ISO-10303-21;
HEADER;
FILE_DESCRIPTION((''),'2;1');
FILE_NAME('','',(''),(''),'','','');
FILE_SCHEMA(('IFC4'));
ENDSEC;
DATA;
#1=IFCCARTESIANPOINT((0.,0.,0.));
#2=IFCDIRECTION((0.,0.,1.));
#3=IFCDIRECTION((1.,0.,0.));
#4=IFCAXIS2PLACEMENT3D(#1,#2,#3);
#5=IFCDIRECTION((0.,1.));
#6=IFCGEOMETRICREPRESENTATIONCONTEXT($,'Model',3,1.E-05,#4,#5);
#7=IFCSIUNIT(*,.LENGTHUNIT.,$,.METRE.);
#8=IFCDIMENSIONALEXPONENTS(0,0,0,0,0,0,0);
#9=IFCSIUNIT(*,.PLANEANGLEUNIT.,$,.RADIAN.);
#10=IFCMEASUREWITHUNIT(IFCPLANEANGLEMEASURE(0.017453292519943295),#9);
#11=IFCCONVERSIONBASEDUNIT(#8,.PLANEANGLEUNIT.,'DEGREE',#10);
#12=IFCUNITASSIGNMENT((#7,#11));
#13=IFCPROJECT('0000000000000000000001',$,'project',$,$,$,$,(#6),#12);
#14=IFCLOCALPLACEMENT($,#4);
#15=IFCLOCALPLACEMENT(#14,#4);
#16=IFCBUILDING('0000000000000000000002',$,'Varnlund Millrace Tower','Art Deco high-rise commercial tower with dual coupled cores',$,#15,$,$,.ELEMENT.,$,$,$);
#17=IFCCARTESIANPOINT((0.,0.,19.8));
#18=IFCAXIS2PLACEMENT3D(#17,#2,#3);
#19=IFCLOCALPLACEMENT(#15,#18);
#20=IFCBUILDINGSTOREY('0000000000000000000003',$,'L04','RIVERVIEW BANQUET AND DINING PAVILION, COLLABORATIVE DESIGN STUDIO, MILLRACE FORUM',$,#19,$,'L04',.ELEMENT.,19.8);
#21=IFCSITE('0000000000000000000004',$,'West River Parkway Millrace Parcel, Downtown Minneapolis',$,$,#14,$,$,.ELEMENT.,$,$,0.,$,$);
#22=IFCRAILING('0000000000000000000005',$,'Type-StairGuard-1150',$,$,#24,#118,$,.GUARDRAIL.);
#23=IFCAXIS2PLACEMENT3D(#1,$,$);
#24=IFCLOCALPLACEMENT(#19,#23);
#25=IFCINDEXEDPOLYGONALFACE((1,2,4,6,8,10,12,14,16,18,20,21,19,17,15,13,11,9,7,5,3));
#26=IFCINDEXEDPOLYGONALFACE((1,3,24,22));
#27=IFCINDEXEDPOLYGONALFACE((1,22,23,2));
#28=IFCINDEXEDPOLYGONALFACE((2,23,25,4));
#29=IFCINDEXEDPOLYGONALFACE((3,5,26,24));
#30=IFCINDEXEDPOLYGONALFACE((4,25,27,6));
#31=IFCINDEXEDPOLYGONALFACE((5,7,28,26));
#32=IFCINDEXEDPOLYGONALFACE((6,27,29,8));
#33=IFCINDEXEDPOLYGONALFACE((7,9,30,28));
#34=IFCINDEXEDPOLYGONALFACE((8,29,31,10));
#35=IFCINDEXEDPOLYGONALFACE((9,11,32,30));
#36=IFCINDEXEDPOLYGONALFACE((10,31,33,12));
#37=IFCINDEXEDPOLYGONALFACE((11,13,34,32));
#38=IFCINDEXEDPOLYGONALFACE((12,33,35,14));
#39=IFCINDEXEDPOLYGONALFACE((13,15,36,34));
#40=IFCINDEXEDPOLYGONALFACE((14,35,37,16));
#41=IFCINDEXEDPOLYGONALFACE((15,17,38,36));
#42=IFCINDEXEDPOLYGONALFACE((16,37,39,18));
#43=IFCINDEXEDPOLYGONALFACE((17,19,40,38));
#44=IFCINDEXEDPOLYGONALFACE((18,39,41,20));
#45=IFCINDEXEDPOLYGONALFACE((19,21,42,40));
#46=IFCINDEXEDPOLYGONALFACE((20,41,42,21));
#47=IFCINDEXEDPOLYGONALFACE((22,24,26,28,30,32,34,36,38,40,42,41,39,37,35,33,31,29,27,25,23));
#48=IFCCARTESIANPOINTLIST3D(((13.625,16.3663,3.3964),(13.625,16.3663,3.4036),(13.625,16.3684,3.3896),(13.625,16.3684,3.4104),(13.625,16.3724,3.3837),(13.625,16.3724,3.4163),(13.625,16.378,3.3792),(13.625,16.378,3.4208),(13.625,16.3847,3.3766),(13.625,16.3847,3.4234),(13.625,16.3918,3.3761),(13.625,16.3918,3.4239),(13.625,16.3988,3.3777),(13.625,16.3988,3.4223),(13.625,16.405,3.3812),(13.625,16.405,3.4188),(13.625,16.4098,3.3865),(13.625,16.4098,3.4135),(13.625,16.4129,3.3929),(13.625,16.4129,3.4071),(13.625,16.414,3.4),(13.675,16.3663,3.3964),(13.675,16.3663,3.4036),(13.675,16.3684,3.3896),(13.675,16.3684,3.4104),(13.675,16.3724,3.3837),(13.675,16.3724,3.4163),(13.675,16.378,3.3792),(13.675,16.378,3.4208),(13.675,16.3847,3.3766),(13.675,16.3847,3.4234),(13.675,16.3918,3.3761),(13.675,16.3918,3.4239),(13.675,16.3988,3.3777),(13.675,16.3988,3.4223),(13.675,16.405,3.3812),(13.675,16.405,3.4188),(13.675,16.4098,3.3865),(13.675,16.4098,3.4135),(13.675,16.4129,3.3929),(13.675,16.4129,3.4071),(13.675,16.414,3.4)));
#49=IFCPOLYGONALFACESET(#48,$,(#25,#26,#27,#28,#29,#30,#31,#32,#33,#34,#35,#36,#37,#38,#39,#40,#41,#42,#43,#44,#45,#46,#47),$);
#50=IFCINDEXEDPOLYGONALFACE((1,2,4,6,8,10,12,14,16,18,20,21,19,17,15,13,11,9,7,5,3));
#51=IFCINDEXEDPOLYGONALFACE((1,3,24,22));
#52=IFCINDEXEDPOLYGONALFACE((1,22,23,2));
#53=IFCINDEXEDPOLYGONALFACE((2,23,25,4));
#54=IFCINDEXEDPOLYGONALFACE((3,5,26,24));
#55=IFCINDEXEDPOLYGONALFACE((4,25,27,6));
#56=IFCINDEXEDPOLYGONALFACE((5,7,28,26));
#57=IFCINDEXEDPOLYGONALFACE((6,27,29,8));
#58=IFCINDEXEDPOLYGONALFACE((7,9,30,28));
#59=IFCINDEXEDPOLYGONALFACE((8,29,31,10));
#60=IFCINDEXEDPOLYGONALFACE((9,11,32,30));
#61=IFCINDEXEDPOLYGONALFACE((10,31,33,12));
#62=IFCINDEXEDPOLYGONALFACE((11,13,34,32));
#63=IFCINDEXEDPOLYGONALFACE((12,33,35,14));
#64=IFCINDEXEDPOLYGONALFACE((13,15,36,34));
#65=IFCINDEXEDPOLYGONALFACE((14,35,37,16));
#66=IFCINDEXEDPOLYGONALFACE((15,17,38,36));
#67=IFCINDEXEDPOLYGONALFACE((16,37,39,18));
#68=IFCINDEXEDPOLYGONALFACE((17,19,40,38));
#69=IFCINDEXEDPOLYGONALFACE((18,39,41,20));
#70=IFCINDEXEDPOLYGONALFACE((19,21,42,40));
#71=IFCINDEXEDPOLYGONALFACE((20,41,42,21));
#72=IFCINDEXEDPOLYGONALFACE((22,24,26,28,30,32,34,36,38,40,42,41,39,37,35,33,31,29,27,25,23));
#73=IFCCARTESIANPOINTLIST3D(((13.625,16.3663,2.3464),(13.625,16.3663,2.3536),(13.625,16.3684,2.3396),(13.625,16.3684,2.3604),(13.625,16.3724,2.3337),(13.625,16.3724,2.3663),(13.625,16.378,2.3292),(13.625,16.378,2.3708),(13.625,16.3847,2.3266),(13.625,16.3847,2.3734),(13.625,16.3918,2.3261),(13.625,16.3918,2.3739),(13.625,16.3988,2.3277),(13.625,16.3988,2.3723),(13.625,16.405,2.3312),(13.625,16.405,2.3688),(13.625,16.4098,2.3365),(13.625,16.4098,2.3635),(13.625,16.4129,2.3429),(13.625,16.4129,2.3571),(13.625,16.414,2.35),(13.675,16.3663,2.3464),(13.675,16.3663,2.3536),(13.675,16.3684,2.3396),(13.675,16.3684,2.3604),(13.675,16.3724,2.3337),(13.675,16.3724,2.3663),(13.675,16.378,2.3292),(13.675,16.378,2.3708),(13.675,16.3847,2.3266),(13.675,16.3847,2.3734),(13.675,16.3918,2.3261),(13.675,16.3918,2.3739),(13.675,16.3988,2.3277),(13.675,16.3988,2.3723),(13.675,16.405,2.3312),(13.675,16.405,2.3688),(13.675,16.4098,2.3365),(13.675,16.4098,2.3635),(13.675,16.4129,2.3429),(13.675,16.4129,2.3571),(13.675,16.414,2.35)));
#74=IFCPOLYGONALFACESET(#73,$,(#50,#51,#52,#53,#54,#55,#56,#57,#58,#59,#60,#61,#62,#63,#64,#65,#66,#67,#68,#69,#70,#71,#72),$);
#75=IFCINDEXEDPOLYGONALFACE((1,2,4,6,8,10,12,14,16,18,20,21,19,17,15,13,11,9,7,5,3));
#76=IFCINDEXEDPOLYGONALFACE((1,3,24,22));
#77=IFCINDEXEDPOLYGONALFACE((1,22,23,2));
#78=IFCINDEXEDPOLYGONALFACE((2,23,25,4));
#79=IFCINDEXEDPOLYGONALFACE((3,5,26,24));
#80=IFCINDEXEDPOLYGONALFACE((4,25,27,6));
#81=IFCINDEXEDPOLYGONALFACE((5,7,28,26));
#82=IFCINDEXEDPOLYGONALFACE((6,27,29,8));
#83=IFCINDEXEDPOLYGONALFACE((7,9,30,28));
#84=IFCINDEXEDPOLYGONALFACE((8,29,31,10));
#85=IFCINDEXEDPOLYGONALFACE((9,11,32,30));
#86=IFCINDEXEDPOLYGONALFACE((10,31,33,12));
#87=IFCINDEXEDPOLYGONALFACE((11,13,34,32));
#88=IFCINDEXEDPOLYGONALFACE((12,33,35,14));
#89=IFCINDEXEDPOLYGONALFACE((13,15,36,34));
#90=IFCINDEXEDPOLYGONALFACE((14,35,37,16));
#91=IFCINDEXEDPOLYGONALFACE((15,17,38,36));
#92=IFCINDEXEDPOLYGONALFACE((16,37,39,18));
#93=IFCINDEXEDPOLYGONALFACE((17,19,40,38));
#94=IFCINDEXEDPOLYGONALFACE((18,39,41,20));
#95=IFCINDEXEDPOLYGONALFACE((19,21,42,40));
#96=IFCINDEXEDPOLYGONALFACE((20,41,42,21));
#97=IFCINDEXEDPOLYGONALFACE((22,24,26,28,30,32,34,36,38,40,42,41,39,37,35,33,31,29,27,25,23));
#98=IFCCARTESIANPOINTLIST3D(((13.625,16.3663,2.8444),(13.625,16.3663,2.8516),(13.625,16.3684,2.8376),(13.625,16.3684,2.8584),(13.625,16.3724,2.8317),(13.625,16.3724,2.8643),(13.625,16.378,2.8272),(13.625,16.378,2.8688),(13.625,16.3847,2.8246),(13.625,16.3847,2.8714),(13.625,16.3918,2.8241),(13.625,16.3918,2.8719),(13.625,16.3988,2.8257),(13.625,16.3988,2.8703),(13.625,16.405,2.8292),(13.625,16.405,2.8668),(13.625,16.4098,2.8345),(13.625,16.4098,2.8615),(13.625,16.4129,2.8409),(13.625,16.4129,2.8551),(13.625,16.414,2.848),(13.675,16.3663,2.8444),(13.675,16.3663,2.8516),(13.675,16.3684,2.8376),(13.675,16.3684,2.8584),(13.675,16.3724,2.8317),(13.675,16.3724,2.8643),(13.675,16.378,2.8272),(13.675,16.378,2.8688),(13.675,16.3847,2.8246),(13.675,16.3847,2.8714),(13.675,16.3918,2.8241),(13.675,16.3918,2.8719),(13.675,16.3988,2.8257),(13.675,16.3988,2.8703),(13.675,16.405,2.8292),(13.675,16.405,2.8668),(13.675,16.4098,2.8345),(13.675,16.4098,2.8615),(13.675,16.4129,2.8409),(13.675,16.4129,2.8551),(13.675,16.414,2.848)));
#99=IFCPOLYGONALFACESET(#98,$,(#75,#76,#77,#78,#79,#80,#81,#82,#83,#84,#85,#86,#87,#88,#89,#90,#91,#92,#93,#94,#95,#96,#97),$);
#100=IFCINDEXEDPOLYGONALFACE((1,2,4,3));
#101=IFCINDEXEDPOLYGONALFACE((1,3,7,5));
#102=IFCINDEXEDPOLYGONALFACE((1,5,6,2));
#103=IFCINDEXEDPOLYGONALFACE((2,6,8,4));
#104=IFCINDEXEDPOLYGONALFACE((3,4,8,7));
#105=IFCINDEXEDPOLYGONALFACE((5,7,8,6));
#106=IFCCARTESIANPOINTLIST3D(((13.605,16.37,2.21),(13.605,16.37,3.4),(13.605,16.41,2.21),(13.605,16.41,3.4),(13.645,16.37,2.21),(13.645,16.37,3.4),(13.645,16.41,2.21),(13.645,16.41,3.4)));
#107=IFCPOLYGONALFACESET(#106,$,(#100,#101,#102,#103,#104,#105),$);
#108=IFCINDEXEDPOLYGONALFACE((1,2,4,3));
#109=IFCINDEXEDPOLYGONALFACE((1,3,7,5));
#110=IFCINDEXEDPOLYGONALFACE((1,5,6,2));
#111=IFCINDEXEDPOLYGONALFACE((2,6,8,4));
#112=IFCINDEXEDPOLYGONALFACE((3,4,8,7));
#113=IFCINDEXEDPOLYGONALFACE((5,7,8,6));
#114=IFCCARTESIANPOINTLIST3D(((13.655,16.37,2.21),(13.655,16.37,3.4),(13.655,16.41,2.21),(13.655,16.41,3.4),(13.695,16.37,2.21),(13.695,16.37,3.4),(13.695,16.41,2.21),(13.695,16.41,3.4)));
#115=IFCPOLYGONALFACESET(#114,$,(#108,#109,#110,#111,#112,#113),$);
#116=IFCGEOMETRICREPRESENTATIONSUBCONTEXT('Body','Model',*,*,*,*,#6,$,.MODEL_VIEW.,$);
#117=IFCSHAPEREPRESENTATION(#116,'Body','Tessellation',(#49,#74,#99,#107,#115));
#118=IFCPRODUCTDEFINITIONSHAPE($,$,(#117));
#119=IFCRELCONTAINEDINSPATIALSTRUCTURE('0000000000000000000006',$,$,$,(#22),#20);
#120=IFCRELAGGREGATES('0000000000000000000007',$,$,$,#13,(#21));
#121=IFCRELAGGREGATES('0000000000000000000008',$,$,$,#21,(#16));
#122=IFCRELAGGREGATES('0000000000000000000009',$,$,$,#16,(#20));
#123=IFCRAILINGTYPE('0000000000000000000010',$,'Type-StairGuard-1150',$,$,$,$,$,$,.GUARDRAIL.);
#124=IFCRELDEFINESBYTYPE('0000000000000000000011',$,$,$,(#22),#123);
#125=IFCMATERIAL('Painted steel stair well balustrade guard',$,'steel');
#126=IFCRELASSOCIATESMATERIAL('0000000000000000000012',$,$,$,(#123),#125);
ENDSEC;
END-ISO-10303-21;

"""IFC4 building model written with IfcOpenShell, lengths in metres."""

from ifc_helpers import new_model, entity, si_unit, converted_unit, direction, frame, origin_with_axes, origin_2d_with_axis, place, context, subcontext, project, spatial, rectangle, circle, extrude, material, type_object, element, save


model = new_model("IFC4")

# Units and contexts
model_context = context("Model", 3, precision=1e-05, world=origin_with_axes(), true_north=direction((0.0, 1.0)))
body_context = subcontext(model_context, "Body", "Model", "MODEL_VIEW")
ifc_project = project(units=[si_unit("LENGTHUNIT", "METRE"), converted_unit("PLANEANGLEUNIT", "DEGREE", entity("IfcPlaneAngleMeasure", 0.017453292519943295), si_unit("PLANEANGLEUNIT", "RADIAN"), dimensions=[0, 0, 0, 0, 0, 0, 0])], contexts=[model_context])

# Site, building, storey
site_placement = place(None, origin_with_axes())
site = spatial("IfcSite", under=ifc_project, at=site_placement, Name="West River Parkway Millrace Parcel, Downtown Minneapolis", CompositionType="ELEMENT", RefElevation=0.0)
building_placement = place(site_placement, origin_with_axes())
building = spatial("IfcBuilding", under=site, at=building_placement, Name="Varnlund Millrace Tower", Description="Art Deco high-rise commercial tower with dual coupled cores", CompositionType="ELEMENT")
storey_placement = place(building_placement, frame((0.0, 0.0, 19.8), z_axis=(0.0, 0.0, 1.0), x_axis=(1.0, 0.0, 0.0)))
storey = spatial("IfcBuildingStorey", under=building, at=storey_placement, Name="L04", Description="RIVERVIEW BANQUET AND DINING PAVILION, COLLABORATIVE DESIGN STUDIO, MILLRACE FORUM", LongName="L04", CompositionType="ELEMENT", Elevation=19.8)

# Railing
ifc_material_1 = material(Name="Painted steel stair well balustrade guard", Category="steel")
railing_type_1 = type_object("IfcRailingType", Name="Type-StairGuard-1150", PredefinedType="GUARDRAIL", material=ifc_material_1)
railing_1_placement = place(storey_placement, frame((0.0, 0.0, -19.8), z_axis=(0.0, 0.0, 1.0), x_axis=(1.0, 0.0, 0.0)))
element("IfcRailing", 1, at=railing_1_placement, inside=storey, type_object=railing_type_1, Name="Type-StairGuard-1150", PredefinedType="GUARDRAIL", context=body_context, shape_type="SweptSolid", body=[
    extrude(circle(Radius=0.024, at=origin_2d_with_axis()), frame((13.625, 16.39, 23.2), z_axis=(1.0, 0.0, 0.0), x_axis=(0.0, 1.0, 0.0)), (0.0, 0.0, 1.0), 0.05),
    extrude(circle(Radius=0.024, at=origin_2d_with_axis()), frame((13.625, 16.39, 22.15), z_axis=(1.0, 0.0, 0.0), x_axis=(0.0, 1.0, 0.0)), (0.0, 0.0, 1.0), 0.05),
    extrude(circle(Radius=0.024, at=origin_2d_with_axis()), frame((13.625, 16.39, 22.648), z_axis=(1.0, 0.0, 0.0), x_axis=(0.0, 1.0, 0.0)), (0.0, 0.0, 1.0), 0.05),
    extrude(rectangle(XDim=0.04, YDim=0.04, at=origin_2d_with_axis()), frame((13.625, 16.39, 22.01), z_axis=(0.0, 0.0, 1.0), x_axis=(1.0, 0.0, 0.0)), (0.0, 0.0, 1.0), 1.19),
    extrude(rectangle(XDim=0.04, YDim=0.04, at=origin_2d_with_axis()), frame((13.675, 16.39, 22.01), z_axis=(0.0, 0.0, 1.0), x_axis=(1.0, 0.0, 0.0)), (0.0, 0.0, 1.0), 1.19),
])

save(model, "model.ifc")
